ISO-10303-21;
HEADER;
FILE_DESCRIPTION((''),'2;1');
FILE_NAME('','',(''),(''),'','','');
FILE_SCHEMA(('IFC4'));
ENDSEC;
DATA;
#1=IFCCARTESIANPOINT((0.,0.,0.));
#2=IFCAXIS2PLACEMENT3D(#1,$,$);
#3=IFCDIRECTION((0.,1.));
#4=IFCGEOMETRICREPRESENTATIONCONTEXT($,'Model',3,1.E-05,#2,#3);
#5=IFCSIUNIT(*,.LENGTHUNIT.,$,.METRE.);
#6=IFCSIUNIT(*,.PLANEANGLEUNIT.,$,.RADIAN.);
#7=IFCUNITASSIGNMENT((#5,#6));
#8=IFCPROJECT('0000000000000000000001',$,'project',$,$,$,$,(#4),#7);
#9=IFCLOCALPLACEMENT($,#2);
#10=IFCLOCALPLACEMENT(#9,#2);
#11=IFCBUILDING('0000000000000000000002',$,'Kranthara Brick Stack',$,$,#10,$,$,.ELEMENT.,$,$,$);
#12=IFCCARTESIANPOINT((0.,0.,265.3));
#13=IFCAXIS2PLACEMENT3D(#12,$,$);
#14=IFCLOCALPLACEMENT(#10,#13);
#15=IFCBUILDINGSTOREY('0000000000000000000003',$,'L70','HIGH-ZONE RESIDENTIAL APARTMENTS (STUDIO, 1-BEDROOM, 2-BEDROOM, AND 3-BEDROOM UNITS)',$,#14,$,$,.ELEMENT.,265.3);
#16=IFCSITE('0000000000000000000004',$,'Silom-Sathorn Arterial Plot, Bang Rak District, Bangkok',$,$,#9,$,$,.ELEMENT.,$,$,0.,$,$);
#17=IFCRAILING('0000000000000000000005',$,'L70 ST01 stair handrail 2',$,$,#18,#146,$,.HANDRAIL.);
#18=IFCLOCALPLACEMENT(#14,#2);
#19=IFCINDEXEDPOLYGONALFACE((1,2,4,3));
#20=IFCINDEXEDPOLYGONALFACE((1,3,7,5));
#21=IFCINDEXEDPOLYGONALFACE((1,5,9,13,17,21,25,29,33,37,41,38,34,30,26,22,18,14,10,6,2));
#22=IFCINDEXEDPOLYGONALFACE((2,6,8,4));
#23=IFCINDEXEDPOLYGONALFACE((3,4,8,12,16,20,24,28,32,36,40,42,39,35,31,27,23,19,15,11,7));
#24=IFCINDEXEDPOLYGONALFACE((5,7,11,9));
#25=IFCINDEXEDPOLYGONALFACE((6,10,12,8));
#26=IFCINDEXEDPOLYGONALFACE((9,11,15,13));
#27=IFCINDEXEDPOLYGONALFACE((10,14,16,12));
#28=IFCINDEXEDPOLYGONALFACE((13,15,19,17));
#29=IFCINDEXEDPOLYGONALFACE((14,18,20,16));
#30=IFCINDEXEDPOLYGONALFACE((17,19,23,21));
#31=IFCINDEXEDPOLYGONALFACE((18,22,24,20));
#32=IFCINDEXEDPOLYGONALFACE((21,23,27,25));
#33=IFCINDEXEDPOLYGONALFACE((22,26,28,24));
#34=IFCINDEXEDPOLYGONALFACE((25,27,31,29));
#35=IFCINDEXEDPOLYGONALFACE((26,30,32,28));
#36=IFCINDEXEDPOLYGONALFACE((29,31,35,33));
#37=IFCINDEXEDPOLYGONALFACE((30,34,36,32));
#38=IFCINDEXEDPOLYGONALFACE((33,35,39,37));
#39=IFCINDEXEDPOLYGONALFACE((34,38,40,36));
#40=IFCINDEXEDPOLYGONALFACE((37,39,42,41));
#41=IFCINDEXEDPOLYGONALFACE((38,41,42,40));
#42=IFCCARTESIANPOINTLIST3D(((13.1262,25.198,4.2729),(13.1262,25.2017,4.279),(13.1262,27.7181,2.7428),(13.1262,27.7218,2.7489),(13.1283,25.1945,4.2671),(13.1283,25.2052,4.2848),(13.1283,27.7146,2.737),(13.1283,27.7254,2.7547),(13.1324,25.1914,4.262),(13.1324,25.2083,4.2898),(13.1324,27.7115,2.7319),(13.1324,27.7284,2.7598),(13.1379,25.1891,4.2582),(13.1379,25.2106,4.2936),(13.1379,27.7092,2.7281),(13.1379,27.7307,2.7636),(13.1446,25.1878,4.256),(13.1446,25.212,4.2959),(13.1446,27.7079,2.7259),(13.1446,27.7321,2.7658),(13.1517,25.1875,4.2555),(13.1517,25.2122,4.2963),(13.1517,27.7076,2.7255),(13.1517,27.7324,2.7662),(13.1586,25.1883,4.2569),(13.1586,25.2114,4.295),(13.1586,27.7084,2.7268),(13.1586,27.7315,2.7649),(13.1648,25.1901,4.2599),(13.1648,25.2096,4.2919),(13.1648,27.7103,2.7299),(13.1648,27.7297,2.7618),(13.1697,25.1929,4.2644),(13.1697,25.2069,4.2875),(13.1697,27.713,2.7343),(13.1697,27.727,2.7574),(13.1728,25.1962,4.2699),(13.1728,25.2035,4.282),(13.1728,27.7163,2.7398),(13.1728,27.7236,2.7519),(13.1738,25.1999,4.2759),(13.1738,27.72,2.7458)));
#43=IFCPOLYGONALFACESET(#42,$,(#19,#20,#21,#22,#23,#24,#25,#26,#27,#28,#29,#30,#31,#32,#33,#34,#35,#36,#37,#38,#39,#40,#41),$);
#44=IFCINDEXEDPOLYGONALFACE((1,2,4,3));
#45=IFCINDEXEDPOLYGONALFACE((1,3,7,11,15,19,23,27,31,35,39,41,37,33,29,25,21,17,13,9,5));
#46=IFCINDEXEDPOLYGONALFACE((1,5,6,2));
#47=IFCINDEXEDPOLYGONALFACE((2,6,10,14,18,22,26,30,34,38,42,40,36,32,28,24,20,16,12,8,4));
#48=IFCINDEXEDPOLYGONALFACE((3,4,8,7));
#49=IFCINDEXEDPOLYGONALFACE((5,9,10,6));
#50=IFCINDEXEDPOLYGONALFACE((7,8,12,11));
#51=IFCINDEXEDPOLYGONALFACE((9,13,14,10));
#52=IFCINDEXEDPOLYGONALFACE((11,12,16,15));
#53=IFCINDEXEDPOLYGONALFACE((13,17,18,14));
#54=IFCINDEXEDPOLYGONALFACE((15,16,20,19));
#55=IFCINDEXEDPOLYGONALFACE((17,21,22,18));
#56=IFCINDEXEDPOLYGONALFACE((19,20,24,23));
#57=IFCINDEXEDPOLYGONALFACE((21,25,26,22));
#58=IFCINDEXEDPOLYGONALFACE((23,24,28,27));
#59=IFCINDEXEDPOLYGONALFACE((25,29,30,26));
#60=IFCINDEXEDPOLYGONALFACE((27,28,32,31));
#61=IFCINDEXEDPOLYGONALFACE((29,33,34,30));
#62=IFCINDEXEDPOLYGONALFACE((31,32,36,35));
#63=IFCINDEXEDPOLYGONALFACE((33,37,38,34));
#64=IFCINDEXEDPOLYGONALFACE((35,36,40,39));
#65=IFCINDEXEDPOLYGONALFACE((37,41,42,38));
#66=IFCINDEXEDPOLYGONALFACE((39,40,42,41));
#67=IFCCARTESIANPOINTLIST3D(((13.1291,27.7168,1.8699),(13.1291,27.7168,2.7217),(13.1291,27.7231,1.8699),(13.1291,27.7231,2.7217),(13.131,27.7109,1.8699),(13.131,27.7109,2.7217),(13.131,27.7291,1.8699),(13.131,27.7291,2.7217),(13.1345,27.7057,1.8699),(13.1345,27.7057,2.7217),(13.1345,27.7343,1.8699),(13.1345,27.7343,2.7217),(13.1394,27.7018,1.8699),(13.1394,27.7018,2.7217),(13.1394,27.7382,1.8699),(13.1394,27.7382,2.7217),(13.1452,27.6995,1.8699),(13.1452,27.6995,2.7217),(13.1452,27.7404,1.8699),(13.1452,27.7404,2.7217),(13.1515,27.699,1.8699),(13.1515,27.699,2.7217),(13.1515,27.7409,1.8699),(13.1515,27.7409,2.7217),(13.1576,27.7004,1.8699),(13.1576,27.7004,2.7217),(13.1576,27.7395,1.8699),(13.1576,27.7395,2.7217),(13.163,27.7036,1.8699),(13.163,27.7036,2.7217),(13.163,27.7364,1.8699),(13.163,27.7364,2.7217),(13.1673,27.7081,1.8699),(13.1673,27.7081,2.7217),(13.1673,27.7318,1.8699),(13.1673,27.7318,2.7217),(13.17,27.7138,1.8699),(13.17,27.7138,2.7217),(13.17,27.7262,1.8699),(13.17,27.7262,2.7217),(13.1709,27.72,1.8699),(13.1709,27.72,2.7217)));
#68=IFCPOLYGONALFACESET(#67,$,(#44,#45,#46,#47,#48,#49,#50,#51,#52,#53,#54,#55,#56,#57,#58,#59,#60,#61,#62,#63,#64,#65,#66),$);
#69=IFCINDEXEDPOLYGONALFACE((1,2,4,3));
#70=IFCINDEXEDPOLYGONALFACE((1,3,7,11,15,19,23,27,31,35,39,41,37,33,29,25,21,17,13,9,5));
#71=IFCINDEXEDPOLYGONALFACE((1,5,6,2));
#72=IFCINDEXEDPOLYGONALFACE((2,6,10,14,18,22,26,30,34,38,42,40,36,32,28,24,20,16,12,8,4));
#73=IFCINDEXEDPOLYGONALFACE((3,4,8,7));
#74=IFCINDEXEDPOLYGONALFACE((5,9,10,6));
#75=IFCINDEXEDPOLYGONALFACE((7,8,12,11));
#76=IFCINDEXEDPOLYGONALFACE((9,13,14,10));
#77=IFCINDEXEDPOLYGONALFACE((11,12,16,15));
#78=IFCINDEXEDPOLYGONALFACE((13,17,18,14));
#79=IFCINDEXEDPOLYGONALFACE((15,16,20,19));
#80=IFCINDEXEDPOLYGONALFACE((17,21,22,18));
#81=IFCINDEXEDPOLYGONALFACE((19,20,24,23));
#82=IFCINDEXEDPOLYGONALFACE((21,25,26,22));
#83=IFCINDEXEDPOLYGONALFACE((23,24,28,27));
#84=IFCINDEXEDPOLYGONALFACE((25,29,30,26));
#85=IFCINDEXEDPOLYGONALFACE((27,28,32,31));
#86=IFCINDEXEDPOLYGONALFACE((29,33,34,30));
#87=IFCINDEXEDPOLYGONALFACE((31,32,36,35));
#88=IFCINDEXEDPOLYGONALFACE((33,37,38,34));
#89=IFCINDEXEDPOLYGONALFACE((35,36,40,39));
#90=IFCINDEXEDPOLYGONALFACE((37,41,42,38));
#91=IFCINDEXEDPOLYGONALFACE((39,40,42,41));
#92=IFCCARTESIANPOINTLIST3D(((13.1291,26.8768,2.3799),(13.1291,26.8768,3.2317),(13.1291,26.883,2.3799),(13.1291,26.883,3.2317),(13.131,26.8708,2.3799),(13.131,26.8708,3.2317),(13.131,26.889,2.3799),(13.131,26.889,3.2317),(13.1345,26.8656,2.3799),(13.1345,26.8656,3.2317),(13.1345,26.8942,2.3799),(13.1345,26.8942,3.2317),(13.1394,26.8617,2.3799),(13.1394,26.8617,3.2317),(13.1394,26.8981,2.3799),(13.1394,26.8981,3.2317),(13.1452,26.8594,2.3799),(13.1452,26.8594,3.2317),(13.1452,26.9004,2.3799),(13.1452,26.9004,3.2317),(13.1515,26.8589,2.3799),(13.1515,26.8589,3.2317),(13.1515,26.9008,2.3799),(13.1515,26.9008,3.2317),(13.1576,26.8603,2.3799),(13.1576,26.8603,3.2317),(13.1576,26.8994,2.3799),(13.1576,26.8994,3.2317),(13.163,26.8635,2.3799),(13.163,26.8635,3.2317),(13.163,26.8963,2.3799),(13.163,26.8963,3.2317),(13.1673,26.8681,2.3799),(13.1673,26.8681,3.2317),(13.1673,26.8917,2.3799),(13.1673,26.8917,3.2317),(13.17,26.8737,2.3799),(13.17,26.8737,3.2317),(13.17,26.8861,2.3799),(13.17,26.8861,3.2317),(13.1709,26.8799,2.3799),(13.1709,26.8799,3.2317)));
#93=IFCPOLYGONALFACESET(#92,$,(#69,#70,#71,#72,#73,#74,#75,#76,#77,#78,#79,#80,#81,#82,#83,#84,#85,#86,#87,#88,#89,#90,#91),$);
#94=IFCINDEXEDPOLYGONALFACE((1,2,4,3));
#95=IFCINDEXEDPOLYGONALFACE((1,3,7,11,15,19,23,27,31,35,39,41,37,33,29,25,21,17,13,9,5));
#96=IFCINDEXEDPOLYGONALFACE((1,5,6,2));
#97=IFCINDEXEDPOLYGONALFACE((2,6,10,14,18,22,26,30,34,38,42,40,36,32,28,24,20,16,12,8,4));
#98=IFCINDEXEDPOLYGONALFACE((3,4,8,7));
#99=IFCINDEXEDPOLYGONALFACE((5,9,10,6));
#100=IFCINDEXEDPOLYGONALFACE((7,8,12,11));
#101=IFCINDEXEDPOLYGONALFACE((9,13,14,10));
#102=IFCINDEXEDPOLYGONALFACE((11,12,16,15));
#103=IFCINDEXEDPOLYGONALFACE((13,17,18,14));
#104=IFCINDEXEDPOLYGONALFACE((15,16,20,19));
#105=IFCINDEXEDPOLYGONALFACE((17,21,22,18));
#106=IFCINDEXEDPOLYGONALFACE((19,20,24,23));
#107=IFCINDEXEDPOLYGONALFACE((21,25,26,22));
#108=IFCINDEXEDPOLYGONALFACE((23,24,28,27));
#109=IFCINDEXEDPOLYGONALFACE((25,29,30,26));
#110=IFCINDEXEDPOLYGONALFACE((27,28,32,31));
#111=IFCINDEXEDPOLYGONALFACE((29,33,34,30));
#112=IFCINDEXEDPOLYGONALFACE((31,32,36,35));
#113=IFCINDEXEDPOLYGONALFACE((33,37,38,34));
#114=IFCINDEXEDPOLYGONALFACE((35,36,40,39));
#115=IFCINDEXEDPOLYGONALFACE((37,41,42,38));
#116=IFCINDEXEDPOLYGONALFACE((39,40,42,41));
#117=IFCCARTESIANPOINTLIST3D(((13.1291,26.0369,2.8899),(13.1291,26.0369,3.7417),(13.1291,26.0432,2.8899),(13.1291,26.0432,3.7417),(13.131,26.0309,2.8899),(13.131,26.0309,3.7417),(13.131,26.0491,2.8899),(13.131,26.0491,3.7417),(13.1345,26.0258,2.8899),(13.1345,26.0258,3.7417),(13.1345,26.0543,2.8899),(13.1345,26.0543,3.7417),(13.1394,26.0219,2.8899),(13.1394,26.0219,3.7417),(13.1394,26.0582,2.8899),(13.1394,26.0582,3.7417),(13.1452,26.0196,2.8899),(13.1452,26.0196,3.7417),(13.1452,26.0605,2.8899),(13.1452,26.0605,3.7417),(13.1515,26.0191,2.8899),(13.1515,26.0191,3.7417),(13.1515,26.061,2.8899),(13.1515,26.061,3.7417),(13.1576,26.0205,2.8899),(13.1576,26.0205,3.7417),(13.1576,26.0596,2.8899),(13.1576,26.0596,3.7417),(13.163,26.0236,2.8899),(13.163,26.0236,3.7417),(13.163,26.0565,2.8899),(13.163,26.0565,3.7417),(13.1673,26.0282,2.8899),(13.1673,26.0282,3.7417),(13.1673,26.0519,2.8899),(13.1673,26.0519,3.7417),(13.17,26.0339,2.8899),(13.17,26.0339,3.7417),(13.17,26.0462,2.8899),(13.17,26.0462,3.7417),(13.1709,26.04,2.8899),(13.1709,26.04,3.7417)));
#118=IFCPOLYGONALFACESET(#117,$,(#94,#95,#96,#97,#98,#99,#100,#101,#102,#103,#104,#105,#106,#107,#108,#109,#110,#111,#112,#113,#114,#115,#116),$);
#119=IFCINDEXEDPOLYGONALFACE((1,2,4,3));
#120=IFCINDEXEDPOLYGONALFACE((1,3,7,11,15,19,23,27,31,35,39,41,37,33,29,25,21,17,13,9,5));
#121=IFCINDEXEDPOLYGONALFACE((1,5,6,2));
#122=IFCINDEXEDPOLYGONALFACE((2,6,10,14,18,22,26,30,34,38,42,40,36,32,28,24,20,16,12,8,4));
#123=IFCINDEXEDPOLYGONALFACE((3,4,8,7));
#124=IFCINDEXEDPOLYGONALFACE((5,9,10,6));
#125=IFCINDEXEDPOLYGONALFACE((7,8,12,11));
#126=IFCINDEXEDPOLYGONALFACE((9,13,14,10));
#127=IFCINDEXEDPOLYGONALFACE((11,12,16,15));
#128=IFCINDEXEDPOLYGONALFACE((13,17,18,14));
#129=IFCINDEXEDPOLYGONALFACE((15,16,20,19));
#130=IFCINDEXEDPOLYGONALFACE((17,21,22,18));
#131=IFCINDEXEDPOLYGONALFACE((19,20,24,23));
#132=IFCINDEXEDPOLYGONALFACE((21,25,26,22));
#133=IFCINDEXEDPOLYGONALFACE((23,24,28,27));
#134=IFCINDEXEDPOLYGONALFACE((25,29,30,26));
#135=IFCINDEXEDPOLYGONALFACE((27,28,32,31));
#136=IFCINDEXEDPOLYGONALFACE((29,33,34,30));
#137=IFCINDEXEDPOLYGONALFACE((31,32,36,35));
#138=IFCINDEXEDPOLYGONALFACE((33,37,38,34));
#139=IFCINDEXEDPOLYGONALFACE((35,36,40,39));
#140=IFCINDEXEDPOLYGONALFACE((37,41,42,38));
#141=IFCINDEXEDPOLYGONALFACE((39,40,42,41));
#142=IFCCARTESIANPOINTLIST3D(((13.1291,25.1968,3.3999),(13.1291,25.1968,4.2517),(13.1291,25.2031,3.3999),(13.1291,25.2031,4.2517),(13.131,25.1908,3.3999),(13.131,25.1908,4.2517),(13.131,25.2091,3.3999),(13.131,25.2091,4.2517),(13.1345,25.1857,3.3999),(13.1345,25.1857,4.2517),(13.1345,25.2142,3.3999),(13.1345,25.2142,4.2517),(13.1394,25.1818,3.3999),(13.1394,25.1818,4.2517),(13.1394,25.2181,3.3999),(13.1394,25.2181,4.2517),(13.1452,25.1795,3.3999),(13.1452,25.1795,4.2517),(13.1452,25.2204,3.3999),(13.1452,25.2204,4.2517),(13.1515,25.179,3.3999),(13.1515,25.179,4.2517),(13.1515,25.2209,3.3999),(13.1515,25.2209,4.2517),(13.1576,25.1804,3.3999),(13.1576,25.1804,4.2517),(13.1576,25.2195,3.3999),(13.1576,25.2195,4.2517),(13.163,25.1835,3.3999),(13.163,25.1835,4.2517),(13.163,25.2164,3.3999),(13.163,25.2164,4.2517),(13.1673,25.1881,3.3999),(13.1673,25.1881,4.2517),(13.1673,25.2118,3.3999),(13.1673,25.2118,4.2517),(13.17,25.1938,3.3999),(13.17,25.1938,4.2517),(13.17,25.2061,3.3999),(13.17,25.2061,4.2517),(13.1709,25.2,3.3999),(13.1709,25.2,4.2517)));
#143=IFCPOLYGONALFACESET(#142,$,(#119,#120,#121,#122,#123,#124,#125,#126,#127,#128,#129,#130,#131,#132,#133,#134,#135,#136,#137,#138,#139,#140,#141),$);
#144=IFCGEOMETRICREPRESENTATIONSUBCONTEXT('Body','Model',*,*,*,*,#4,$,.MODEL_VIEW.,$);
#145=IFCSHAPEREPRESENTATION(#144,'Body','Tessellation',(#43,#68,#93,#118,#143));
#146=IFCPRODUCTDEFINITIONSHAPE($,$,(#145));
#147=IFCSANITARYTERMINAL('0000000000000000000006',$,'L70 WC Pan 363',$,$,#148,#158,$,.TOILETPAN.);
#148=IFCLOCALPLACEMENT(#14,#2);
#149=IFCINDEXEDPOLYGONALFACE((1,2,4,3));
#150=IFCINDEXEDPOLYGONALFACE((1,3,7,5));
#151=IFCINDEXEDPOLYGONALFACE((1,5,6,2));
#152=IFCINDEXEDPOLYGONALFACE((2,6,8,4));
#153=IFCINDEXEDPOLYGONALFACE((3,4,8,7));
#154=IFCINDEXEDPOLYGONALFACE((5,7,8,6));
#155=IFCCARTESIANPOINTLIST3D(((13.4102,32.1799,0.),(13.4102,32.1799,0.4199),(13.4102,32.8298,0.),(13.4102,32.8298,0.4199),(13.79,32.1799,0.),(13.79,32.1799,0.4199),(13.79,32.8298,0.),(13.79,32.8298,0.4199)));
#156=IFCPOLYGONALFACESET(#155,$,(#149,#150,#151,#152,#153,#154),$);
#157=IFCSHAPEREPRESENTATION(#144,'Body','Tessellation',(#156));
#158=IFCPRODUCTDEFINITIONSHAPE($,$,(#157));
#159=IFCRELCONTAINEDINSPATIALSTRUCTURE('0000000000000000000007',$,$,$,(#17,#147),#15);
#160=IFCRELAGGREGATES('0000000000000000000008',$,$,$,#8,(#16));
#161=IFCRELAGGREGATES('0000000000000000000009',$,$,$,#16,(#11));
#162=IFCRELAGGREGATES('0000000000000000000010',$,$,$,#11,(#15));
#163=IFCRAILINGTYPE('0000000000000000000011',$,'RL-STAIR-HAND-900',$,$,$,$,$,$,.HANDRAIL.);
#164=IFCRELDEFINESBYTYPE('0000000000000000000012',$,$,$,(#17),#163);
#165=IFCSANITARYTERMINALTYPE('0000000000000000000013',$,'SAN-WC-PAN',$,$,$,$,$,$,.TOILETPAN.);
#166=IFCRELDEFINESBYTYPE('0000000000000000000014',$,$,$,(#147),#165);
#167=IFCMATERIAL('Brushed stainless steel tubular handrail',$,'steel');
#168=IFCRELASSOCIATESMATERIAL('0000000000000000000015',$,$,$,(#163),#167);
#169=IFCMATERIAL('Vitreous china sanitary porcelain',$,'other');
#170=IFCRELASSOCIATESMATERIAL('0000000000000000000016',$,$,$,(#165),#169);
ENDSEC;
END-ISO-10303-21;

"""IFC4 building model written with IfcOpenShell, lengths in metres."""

from ifc_helpers import new_model, si_unit, direction, frame, origin, origin_2d, place, context, subcontext, project, spatial, rectangle, circle, extrude, material, type_object, element, save


model = new_model("IFC4")

# Units and contexts
model_context = context("Model", 3, precision=1e-05, world=origin(), true_north=direction((0.0, 1.0)))
body_context = subcontext(model_context, "Body", "Model", "MODEL_VIEW")
ifc_project = project(units=[si_unit("LENGTHUNIT", "METRE"), si_unit("PLANEANGLEUNIT", "RADIAN")], contexts=[model_context])

# Site, building, storey
site_placement = place(None, origin())
site = spatial("IfcSite", under=ifc_project, at=site_placement, Name="Silom-Sathorn Arterial Plot, Bang Rak District, Bangkok", CompositionType="ELEMENT", RefElevation=0.0)
building_placement = place(site_placement, origin())
building = spatial("IfcBuilding", under=site, at=building_placement, Name="Kranthara Brick Stack", CompositionType="ELEMENT")
storey_placement = place(building_placement, frame((0.0, 0.0, 265.3)))
storey = spatial("IfcBuildingStorey", under=building, at=storey_placement, Name="L70", Description="HIGH-ZONE RESIDENTIAL APARTMENTS (STUDIO, 1-BEDROOM, 2-BEDROOM, AND 3-BEDROOM UNITS)", CompositionType="ELEMENT", Elevation=265.3)

# Railing
ifc_material_1 = material(Name="Brushed stainless steel tubular handrail", Category="steel")
railing_type_1 = type_object("IfcRailingType", Name="RL-STAIR-HAND-900", PredefinedType="HANDRAIL", material=ifc_material_1)
railing_1_placement = place(storey_placement, frame((13.1499, 27.72, 1.8699)))
element("IfcRailing", 1, at=railing_1_placement, inside=storey, type_object=railing_type_1, Name="L70 ST01 stair handrail 2", PredefinedType="HANDRAIL", context=body_context, shape_type="SweptSolid", body=[
    extrude(circle(Radius=0.0239, at=origin_2d()), frame((0.0, 0.0, 0.876), z_axis=(0.0, -0.854785, 0.518982), x_axis=(1.0, 0.0, 0.0)), (0.0, 0.0, 1.0), 2.9482),
    extrude(circle(Radius=0.021, at=origin_2d()), origin(), (0.0, 0.0, 1.0), 0.8518),
    extrude(circle(Radius=0.021, at=origin_2d()), frame((0.0, -0.8401, 0.51)), (0.0, 0.0, 1.0), 0.8518),
    extrude(circle(Radius=0.021, at=origin_2d()), frame((0.0, -1.6799, 1.02)), (0.0, 0.0, 1.0), 0.8518),
    extrude(circle(Radius=0.021, at=origin_2d()), frame((0.0, -2.52, 1.53)), (0.0, 0.0, 1.0), 0.8518),
])

# Sanitary terminal
ifc_material_2 = material(Name="Vitreous china sanitary porcelain", Category="other")
sanitary_terminal_type = type_object("IfcSanitaryTerminalType", Name="SAN-WC-PAN", PredefinedType="TOILETPAN", material=ifc_material_2)
sanitary_terminal_placement = place(storey_placement, frame((13.6001, 32.5049, 0.0), z_axis=(0.0, 0.0, 1.0), x_axis=(1.0, 0.0, 0.0)))
element("IfcSanitaryTerminal", 2, at=sanitary_terminal_placement, inside=storey, type_object=sanitary_terminal_type, Name="L70 WC Pan 363", PredefinedType="TOILETPAN", context=body_context, shape_type="SweptSolid", body=[
    extrude(rectangle(XDim=0.3799, YDim=0.6499, at=origin_2d()), origin(), (0.0, 0.0, 1.0), 0.4199),
])

save(model, "model.ifc")
